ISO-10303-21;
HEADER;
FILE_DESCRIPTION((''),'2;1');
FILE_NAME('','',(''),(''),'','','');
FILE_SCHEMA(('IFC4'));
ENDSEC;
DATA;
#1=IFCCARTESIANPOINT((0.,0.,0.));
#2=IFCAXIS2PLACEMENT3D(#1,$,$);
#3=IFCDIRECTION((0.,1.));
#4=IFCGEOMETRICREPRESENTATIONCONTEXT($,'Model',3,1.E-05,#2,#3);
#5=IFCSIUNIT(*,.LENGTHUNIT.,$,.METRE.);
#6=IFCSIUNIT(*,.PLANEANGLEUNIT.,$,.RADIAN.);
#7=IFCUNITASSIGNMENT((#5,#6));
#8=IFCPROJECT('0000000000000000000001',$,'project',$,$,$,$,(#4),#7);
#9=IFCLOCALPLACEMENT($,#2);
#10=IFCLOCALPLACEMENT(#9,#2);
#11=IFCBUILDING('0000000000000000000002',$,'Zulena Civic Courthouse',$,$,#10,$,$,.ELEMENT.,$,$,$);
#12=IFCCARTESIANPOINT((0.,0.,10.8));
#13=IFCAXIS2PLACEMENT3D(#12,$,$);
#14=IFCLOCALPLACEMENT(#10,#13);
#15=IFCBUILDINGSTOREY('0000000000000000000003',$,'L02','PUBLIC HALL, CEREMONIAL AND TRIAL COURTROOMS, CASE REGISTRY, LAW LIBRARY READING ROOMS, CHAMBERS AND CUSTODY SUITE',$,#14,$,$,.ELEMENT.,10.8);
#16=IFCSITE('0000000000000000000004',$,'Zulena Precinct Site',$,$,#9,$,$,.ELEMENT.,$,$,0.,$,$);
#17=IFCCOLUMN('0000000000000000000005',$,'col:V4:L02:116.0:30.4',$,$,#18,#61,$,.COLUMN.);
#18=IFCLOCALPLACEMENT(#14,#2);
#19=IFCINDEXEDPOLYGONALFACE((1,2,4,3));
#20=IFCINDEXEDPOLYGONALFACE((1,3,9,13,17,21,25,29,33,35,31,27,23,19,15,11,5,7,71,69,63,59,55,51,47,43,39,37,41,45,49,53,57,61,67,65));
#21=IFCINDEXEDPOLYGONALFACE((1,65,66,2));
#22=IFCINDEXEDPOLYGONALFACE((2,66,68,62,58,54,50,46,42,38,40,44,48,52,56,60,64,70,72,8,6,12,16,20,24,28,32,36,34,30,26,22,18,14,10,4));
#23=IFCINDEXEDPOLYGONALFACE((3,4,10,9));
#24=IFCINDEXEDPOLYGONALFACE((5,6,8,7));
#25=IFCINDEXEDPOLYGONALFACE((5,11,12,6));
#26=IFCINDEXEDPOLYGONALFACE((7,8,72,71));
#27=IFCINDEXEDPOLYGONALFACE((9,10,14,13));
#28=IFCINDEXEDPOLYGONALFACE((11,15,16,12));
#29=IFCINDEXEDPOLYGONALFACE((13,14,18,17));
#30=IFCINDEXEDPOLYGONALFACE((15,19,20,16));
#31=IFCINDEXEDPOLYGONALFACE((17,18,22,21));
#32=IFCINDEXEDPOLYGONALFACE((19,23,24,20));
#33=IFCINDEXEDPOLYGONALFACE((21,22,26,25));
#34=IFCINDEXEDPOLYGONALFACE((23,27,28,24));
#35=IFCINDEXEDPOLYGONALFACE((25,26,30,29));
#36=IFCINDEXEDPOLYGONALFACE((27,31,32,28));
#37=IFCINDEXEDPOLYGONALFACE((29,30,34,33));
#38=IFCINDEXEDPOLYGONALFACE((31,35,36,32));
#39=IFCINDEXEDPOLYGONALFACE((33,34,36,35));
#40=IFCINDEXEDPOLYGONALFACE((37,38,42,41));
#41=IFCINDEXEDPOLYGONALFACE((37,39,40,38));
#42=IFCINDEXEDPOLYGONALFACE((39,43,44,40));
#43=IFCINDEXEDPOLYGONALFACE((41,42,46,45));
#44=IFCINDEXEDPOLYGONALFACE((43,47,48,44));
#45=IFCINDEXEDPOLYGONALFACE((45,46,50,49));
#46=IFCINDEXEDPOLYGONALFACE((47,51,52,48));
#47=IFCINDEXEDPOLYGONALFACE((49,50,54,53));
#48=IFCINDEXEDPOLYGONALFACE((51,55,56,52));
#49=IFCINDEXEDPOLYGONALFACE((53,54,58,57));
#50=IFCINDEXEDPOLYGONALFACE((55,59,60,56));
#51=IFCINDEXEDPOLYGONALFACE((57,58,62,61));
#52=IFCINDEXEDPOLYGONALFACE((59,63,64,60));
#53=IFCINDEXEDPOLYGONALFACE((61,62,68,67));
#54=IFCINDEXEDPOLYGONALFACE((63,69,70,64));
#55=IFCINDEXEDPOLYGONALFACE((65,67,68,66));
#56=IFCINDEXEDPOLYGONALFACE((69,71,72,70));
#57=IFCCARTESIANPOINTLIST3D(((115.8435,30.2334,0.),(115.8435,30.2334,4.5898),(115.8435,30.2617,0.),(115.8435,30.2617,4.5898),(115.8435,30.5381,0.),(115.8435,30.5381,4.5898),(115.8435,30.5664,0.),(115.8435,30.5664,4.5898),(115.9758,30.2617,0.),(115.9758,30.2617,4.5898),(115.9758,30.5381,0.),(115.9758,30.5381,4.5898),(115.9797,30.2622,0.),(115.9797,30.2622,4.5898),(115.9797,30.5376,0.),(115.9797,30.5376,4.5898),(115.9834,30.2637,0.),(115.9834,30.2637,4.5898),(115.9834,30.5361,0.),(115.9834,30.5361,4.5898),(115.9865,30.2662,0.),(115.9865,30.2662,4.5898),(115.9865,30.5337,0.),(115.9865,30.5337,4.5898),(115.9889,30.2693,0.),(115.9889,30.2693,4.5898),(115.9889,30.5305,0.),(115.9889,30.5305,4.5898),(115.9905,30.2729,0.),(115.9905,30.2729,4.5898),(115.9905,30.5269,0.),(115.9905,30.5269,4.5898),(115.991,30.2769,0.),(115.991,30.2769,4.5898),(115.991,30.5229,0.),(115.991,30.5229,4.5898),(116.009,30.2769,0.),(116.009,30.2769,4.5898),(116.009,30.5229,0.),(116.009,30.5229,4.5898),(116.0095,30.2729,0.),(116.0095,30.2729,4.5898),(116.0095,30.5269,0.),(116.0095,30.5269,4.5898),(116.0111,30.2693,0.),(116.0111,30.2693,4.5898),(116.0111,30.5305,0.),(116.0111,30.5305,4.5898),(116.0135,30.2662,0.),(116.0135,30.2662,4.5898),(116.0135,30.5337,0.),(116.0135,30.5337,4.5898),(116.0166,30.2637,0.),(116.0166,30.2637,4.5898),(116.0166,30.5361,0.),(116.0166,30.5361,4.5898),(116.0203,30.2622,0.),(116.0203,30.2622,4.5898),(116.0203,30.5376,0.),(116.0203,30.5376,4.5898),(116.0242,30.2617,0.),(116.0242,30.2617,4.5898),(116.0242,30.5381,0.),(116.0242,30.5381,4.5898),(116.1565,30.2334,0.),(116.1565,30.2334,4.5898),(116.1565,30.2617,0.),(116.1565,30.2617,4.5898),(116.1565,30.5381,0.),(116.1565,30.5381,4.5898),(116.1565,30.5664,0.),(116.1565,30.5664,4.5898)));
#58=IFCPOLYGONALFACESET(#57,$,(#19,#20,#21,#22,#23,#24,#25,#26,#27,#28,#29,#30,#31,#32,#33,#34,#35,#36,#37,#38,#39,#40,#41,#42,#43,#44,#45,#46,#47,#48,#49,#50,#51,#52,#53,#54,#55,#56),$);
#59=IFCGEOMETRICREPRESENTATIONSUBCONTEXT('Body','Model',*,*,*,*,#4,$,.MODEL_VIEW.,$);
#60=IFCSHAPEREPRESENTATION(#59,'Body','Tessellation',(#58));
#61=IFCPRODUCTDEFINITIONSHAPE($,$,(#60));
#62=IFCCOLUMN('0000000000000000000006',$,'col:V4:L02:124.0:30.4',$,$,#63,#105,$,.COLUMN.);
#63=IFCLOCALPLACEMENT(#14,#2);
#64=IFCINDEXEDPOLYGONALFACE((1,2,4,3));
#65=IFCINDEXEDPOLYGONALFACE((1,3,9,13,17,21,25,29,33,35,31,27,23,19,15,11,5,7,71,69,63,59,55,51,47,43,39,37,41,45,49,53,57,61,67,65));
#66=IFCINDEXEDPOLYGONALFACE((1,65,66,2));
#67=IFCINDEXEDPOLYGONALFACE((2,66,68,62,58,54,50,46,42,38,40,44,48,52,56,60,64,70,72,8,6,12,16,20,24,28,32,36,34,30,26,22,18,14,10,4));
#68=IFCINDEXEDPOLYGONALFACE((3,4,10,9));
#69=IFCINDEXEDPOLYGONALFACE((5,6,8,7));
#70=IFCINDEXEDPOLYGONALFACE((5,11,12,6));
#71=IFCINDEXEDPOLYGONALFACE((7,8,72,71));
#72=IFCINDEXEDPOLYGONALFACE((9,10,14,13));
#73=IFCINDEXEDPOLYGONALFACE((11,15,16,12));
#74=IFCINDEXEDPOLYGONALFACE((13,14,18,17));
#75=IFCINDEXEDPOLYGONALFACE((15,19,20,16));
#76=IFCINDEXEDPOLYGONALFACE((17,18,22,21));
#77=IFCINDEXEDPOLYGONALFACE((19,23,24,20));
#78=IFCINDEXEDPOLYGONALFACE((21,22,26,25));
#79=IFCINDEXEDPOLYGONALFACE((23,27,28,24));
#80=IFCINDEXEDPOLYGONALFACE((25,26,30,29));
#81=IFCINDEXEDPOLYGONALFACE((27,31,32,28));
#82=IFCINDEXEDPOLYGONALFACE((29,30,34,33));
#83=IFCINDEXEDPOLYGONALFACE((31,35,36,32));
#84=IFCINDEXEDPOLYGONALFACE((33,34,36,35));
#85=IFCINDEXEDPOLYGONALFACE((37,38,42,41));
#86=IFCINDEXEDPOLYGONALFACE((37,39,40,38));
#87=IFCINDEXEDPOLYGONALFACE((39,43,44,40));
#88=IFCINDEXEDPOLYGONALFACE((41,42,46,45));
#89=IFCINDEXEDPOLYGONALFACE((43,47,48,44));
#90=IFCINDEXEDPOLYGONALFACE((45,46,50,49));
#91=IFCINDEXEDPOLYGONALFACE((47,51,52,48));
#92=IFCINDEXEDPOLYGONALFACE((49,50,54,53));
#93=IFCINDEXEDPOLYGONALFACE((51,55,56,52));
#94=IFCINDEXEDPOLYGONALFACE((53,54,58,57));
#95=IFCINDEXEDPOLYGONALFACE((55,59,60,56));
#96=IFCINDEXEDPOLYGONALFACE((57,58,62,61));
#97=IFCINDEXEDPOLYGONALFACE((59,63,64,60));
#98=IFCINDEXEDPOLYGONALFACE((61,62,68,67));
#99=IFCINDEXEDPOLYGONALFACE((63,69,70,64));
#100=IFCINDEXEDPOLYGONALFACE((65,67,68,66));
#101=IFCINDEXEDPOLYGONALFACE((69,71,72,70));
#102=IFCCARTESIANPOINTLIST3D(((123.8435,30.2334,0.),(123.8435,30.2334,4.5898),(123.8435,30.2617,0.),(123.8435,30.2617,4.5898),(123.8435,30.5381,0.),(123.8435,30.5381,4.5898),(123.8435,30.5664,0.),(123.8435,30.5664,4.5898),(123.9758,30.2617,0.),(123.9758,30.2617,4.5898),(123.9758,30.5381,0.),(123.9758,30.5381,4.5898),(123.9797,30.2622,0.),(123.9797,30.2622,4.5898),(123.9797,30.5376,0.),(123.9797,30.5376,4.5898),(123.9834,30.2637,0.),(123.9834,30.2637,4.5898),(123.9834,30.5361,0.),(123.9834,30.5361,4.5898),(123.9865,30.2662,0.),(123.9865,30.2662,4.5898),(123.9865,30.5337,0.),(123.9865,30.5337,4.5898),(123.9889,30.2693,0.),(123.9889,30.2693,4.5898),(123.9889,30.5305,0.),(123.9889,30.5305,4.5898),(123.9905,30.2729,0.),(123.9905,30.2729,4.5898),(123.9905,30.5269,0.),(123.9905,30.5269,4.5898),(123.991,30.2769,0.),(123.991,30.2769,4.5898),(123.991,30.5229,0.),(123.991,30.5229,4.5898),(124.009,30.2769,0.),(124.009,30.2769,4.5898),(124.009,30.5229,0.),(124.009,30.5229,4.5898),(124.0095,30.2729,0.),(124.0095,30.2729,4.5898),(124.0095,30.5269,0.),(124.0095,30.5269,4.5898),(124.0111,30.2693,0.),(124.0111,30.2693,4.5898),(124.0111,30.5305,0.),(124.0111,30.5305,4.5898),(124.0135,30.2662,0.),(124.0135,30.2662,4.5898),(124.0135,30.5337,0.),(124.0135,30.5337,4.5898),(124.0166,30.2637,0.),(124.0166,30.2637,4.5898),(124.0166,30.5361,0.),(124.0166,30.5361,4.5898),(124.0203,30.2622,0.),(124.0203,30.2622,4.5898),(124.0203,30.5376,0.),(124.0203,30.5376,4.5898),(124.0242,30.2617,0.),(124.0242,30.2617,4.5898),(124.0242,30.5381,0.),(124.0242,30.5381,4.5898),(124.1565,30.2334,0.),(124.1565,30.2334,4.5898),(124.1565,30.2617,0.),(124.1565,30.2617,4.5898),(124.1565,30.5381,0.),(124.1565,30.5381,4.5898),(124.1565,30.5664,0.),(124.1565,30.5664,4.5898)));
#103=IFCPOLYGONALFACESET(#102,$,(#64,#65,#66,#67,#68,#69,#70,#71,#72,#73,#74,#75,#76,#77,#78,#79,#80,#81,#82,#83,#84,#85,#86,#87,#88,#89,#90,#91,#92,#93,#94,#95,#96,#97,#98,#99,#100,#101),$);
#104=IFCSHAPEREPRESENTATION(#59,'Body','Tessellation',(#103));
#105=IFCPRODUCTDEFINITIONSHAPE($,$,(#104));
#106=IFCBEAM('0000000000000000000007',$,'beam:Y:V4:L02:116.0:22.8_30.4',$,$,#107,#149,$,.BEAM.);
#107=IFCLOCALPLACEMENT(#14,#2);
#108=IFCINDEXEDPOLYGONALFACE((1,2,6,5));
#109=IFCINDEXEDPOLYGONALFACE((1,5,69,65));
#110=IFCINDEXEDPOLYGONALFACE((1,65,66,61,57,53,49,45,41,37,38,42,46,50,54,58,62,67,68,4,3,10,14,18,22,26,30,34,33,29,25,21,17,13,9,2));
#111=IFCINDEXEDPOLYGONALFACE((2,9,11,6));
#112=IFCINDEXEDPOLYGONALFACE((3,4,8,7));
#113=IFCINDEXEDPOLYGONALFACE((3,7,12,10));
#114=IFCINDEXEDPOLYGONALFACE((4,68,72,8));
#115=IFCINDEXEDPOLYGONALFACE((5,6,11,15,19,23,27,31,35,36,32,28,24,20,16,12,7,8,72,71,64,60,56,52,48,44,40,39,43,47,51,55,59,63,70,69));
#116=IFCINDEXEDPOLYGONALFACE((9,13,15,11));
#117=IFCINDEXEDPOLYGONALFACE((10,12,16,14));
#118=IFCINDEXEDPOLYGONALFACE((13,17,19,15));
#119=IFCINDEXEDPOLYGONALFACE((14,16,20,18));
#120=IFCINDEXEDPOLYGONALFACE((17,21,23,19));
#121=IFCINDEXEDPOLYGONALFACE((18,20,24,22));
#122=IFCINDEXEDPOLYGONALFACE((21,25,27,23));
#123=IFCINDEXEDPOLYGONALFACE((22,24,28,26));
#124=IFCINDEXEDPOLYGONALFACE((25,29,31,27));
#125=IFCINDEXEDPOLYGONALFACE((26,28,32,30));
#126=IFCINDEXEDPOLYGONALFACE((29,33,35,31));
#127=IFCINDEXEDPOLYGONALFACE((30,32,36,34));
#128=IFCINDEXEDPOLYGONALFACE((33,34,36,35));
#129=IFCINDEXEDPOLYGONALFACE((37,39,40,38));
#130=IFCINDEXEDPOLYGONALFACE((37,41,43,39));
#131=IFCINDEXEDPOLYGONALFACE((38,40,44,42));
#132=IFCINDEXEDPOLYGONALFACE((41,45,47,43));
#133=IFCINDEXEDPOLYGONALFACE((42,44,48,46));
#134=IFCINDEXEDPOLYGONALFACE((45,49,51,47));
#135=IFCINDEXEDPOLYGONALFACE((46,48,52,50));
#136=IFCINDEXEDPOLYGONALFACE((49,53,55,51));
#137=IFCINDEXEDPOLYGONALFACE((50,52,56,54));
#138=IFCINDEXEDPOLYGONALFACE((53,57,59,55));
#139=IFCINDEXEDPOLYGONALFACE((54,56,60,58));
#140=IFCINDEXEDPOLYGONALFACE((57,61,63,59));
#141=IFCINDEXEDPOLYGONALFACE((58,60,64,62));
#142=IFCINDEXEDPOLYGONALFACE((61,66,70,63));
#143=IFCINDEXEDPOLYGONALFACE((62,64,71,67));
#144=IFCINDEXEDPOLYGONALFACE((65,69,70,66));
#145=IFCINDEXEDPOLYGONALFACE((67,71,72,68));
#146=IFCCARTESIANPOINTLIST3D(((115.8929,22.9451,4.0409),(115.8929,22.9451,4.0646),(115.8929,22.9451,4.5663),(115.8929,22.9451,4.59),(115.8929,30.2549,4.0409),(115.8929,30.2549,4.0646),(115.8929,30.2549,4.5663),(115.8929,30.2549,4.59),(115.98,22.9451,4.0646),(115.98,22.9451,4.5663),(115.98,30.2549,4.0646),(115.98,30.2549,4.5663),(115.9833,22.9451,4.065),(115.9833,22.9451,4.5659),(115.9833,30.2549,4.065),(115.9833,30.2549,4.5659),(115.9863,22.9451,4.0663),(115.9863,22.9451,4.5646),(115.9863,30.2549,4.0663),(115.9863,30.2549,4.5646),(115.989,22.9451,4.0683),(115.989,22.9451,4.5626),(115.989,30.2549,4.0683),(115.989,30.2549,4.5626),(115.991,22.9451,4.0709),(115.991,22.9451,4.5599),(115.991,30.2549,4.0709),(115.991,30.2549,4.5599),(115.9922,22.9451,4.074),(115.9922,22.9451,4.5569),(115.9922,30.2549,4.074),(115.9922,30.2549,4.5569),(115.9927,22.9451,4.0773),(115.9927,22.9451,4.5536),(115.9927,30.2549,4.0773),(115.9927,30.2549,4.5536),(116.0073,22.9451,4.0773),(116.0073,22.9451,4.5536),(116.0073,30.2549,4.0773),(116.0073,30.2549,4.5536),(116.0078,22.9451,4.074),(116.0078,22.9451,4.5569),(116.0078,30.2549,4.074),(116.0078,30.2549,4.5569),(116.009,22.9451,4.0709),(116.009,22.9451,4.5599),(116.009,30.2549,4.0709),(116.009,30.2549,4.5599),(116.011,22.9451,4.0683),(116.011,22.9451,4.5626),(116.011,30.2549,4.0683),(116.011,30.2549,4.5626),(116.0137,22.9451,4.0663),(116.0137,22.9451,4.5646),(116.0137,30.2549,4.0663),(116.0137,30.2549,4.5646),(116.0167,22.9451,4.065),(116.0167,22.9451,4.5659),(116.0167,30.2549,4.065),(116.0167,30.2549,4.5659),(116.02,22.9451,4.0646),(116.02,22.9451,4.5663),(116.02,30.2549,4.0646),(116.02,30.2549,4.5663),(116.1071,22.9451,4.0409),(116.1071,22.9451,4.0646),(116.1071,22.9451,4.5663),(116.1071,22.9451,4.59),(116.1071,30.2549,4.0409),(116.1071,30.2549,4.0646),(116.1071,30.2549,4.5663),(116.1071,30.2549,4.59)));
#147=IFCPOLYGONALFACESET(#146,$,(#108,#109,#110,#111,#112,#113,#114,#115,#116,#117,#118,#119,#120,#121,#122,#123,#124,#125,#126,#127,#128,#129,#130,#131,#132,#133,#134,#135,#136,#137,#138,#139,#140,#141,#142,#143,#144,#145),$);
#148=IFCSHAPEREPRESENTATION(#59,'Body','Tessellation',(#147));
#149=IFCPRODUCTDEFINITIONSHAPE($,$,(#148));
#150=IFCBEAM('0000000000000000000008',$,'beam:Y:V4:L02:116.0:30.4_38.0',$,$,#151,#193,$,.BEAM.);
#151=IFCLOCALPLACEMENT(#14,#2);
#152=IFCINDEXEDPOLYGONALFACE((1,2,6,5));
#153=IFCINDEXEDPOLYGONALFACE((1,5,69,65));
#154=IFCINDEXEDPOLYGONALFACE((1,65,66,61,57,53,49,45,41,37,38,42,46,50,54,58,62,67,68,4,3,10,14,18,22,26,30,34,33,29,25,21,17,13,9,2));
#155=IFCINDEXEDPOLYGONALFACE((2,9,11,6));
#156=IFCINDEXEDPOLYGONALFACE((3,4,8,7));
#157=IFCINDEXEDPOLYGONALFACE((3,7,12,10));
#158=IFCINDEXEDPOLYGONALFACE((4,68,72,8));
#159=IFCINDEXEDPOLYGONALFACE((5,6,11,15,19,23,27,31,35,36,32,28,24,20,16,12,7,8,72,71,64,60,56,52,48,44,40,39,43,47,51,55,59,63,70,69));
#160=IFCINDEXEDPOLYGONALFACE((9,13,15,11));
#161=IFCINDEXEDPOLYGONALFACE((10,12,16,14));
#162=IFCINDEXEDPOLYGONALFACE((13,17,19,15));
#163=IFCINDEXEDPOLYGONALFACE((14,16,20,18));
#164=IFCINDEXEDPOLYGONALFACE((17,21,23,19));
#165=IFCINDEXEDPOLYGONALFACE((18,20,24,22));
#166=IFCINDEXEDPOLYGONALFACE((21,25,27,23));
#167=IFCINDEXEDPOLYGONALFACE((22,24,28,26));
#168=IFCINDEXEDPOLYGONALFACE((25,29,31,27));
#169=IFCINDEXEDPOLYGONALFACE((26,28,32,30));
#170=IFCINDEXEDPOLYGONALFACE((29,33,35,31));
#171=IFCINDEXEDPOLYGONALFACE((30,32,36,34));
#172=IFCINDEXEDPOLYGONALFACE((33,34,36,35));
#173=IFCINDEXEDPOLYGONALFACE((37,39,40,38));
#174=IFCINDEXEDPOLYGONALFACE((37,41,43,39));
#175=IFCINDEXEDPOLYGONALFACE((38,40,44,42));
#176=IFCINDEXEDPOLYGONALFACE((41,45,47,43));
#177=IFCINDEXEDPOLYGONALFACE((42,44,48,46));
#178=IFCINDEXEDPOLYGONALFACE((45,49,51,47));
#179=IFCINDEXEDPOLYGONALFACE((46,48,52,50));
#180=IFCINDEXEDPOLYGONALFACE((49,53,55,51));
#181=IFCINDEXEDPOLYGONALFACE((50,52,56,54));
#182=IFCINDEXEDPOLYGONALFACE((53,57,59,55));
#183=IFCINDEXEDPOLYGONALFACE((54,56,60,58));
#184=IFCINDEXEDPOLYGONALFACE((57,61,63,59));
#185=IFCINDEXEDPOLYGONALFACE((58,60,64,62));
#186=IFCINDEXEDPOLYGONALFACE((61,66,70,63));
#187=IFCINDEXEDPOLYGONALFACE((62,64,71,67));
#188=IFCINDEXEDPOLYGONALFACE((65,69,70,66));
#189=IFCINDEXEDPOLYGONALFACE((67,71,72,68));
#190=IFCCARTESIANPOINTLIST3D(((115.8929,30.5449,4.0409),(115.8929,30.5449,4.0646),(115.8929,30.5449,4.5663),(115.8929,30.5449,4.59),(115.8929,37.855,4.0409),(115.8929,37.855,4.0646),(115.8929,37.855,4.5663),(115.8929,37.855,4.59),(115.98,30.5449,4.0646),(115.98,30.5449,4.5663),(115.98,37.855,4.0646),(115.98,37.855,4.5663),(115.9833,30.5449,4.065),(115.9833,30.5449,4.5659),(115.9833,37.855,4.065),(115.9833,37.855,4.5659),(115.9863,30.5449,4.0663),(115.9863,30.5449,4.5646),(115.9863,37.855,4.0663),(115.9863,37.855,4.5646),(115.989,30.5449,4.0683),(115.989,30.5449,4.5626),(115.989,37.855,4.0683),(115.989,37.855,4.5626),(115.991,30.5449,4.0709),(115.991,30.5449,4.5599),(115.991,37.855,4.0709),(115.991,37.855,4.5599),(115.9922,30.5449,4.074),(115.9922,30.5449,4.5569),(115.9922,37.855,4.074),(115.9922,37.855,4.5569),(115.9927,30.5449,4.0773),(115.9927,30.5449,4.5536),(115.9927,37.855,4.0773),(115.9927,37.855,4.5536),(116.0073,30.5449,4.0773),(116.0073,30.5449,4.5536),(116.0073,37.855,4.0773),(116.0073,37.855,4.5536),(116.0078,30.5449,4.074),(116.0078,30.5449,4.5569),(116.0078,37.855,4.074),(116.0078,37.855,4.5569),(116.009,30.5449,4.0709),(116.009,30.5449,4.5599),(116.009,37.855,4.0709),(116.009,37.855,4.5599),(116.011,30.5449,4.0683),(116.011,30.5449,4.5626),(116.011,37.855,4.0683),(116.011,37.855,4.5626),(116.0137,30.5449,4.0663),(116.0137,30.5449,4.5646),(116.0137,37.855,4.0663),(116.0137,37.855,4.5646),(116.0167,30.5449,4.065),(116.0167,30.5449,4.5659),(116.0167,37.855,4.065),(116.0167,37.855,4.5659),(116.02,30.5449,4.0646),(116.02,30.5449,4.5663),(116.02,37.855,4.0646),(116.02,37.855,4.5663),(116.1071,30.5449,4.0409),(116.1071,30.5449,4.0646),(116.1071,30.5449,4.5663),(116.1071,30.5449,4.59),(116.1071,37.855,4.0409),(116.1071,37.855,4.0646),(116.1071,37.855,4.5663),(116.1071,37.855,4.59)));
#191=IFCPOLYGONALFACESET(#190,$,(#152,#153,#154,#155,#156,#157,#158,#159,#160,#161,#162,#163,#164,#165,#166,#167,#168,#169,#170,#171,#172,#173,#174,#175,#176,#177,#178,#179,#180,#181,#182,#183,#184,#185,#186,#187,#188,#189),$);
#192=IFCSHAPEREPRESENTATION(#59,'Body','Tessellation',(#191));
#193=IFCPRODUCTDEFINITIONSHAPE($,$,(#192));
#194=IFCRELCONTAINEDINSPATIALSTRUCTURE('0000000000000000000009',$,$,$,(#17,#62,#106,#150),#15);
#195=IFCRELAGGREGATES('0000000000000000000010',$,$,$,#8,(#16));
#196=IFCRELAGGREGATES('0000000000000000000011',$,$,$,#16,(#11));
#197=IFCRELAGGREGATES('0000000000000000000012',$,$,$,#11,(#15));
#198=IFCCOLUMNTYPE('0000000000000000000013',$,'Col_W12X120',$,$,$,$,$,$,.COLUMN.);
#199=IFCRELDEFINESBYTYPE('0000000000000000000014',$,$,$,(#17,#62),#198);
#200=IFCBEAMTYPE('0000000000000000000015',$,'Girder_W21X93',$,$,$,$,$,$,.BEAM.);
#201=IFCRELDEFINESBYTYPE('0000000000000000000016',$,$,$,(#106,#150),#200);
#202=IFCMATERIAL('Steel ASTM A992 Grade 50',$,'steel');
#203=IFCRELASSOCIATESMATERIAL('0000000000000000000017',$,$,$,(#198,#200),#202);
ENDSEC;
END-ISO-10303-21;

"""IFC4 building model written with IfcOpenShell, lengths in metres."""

from ifc_helpers import new_model, si_unit, direction, frame, origin, origin_2d, place, context, subcontext, project, spatial, i_section, extrude, material, material_profile, profile_set, type_object, element, save


model = new_model("IFC4")

# Units and contexts
model_context = context("Model", 3, precision=1e-05, world=origin(), true_north=direction((0.0, 1.0)))
body_context = subcontext(model_context, "Body", "Model", "MODEL_VIEW")
ifc_project = project(units=[si_unit("LENGTHUNIT", "METRE"), si_unit("PLANEANGLEUNIT", "RADIAN")], contexts=[model_context])

# Site, building, storey
site_placement = place(None, origin())
site = spatial("IfcSite", under=ifc_project, at=site_placement, Name="Zulena Precinct Site", CompositionType="ELEMENT", RefElevation=0.0)
building_placement = place(site_placement, origin())
building = spatial("IfcBuilding", under=site, at=building_placement, Name="Zulena Civic Courthouse", CompositionType="ELEMENT")
storey_placement = place(building_placement, frame((0.0, 0.0, 10.8)))
storey = spatial("IfcBuildingStorey", under=building, at=storey_placement, Name="L02", Description="PUBLIC HALL, CEREMONIAL AND TRIAL COURTROOMS, CASE REGISTRY, LAW LIBRARY READING ROOMS, CHAMBERS AND CUSTODY SUITE", CompositionType="ELEMENT", Elevation=10.8)

# Columns
ifc_material_1 = material(Name="Steel ASTM A992 Grade 50", Category="steel")
ifc_material_profile_1 = material_profile(ifc_material_1, i_section(OverallWidth=0.313, OverallDepth=0.333, WebThickness=0.0181, FlangeThickness=0.0283, FilletRadius=0.0151, at=origin_2d()), Name="W12X120")
ifc_profile_set_1 = profile_set([ifc_material_profile_1], Name="Steel ASTM A992 Grade 50")
column_type = type_object("IfcColumnType", Name="Col_W12X120", PredefinedType="COLUMN", material=ifc_profile_set_1)
for number, where, z_axis, x_axis, name in (
    (1, (116.0, 30.3999, 0.0), (0.0, 0.0, 1.0), (1.0, 0.0, 0.0), "col:V4:L02:116.0:30.4"),
    (2, (124.0, 30.3999, 0.0), (0.0, 0.0, 1.0), (1.0, 0.0, 0.0), "col:V4:L02:124.0:30.4"),
):
    element("IfcColumn", number, at=place(storey_placement, frame(where, z_axis=z_axis, x_axis=x_axis)), inside=storey, type_object=column_type, Name=name, PredefinedType="COLUMN", context=body_context, shape_type="SweptSolid", body=[
        extrude(i_section(OverallWidth=0.313, OverallDepth=0.333, WebThickness=0.0181, FlangeThickness=0.0283, FilletRadius=0.0151, at=origin_2d()), origin(), (0.0, 0.0, 1.0), 4.5898),
    ])

# Beams
ifc_material_profile_2 = material_profile(ifc_material_1, i_section(OverallWidth=0.2141, OverallDepth=0.5491, WebThickness=0.0146, FlangeThickness=0.0237, FilletRadius=0.0127, at=origin_2d()), Name="W21X93")
ifc_profile_set_2 = profile_set([ifc_material_profile_2], Name="Steel ASTM A992 Grade 50")
beam_type_1 = type_object("IfcBeamType", Name="Girder_W21X93", PredefinedType="BEAM", material=ifc_profile_set_2)
beam_1_placement = place(storey_placement, frame((116.0, 22.9451, 4.3154), z_axis=(0.0, 1.0, 0.0), x_axis=(-1.0, 0.0, 0.0)))
element("IfcBeam", 3, at=beam_1_placement, inside=storey, type_object=beam_type_1, Name="beam:Y:V4:L02:116.0:22.8_30.4", PredefinedType="BEAM", context=body_context, shape_type="SweptSolid", body=[
    extrude(i_section(OverallWidth=0.2141, OverallDepth=0.5491, WebThickness=0.0146, FlangeThickness=0.0237, FilletRadius=0.0127, at=origin_2d()), origin(), (0.0, 0.0, 1.0), 7.3098),
])
beam_2_placement = place(storey_placement, frame((116.0, 30.5449, 4.3154), z_axis=(0.0, 1.0, 0.0), x_axis=(-1.0, 0.0, 0.0)))
element("IfcBeam", 4, at=beam_2_placement, inside=storey, type_object=beam_type_1, Name="beam:Y:V4:L02:116.0:30.4_38.0", PredefinedType="BEAM", context=body_context, shape_type="SweptSolid", body=[
    extrude(i_section(OverallWidth=0.2141, OverallDepth=0.5491, WebThickness=0.0146, FlangeThickness=0.0237, FilletRadius=0.0127, at=origin_2d()), origin(), (0.0, 0.0, 1.0), 7.3101),
])

save(model, "model.ifc")
